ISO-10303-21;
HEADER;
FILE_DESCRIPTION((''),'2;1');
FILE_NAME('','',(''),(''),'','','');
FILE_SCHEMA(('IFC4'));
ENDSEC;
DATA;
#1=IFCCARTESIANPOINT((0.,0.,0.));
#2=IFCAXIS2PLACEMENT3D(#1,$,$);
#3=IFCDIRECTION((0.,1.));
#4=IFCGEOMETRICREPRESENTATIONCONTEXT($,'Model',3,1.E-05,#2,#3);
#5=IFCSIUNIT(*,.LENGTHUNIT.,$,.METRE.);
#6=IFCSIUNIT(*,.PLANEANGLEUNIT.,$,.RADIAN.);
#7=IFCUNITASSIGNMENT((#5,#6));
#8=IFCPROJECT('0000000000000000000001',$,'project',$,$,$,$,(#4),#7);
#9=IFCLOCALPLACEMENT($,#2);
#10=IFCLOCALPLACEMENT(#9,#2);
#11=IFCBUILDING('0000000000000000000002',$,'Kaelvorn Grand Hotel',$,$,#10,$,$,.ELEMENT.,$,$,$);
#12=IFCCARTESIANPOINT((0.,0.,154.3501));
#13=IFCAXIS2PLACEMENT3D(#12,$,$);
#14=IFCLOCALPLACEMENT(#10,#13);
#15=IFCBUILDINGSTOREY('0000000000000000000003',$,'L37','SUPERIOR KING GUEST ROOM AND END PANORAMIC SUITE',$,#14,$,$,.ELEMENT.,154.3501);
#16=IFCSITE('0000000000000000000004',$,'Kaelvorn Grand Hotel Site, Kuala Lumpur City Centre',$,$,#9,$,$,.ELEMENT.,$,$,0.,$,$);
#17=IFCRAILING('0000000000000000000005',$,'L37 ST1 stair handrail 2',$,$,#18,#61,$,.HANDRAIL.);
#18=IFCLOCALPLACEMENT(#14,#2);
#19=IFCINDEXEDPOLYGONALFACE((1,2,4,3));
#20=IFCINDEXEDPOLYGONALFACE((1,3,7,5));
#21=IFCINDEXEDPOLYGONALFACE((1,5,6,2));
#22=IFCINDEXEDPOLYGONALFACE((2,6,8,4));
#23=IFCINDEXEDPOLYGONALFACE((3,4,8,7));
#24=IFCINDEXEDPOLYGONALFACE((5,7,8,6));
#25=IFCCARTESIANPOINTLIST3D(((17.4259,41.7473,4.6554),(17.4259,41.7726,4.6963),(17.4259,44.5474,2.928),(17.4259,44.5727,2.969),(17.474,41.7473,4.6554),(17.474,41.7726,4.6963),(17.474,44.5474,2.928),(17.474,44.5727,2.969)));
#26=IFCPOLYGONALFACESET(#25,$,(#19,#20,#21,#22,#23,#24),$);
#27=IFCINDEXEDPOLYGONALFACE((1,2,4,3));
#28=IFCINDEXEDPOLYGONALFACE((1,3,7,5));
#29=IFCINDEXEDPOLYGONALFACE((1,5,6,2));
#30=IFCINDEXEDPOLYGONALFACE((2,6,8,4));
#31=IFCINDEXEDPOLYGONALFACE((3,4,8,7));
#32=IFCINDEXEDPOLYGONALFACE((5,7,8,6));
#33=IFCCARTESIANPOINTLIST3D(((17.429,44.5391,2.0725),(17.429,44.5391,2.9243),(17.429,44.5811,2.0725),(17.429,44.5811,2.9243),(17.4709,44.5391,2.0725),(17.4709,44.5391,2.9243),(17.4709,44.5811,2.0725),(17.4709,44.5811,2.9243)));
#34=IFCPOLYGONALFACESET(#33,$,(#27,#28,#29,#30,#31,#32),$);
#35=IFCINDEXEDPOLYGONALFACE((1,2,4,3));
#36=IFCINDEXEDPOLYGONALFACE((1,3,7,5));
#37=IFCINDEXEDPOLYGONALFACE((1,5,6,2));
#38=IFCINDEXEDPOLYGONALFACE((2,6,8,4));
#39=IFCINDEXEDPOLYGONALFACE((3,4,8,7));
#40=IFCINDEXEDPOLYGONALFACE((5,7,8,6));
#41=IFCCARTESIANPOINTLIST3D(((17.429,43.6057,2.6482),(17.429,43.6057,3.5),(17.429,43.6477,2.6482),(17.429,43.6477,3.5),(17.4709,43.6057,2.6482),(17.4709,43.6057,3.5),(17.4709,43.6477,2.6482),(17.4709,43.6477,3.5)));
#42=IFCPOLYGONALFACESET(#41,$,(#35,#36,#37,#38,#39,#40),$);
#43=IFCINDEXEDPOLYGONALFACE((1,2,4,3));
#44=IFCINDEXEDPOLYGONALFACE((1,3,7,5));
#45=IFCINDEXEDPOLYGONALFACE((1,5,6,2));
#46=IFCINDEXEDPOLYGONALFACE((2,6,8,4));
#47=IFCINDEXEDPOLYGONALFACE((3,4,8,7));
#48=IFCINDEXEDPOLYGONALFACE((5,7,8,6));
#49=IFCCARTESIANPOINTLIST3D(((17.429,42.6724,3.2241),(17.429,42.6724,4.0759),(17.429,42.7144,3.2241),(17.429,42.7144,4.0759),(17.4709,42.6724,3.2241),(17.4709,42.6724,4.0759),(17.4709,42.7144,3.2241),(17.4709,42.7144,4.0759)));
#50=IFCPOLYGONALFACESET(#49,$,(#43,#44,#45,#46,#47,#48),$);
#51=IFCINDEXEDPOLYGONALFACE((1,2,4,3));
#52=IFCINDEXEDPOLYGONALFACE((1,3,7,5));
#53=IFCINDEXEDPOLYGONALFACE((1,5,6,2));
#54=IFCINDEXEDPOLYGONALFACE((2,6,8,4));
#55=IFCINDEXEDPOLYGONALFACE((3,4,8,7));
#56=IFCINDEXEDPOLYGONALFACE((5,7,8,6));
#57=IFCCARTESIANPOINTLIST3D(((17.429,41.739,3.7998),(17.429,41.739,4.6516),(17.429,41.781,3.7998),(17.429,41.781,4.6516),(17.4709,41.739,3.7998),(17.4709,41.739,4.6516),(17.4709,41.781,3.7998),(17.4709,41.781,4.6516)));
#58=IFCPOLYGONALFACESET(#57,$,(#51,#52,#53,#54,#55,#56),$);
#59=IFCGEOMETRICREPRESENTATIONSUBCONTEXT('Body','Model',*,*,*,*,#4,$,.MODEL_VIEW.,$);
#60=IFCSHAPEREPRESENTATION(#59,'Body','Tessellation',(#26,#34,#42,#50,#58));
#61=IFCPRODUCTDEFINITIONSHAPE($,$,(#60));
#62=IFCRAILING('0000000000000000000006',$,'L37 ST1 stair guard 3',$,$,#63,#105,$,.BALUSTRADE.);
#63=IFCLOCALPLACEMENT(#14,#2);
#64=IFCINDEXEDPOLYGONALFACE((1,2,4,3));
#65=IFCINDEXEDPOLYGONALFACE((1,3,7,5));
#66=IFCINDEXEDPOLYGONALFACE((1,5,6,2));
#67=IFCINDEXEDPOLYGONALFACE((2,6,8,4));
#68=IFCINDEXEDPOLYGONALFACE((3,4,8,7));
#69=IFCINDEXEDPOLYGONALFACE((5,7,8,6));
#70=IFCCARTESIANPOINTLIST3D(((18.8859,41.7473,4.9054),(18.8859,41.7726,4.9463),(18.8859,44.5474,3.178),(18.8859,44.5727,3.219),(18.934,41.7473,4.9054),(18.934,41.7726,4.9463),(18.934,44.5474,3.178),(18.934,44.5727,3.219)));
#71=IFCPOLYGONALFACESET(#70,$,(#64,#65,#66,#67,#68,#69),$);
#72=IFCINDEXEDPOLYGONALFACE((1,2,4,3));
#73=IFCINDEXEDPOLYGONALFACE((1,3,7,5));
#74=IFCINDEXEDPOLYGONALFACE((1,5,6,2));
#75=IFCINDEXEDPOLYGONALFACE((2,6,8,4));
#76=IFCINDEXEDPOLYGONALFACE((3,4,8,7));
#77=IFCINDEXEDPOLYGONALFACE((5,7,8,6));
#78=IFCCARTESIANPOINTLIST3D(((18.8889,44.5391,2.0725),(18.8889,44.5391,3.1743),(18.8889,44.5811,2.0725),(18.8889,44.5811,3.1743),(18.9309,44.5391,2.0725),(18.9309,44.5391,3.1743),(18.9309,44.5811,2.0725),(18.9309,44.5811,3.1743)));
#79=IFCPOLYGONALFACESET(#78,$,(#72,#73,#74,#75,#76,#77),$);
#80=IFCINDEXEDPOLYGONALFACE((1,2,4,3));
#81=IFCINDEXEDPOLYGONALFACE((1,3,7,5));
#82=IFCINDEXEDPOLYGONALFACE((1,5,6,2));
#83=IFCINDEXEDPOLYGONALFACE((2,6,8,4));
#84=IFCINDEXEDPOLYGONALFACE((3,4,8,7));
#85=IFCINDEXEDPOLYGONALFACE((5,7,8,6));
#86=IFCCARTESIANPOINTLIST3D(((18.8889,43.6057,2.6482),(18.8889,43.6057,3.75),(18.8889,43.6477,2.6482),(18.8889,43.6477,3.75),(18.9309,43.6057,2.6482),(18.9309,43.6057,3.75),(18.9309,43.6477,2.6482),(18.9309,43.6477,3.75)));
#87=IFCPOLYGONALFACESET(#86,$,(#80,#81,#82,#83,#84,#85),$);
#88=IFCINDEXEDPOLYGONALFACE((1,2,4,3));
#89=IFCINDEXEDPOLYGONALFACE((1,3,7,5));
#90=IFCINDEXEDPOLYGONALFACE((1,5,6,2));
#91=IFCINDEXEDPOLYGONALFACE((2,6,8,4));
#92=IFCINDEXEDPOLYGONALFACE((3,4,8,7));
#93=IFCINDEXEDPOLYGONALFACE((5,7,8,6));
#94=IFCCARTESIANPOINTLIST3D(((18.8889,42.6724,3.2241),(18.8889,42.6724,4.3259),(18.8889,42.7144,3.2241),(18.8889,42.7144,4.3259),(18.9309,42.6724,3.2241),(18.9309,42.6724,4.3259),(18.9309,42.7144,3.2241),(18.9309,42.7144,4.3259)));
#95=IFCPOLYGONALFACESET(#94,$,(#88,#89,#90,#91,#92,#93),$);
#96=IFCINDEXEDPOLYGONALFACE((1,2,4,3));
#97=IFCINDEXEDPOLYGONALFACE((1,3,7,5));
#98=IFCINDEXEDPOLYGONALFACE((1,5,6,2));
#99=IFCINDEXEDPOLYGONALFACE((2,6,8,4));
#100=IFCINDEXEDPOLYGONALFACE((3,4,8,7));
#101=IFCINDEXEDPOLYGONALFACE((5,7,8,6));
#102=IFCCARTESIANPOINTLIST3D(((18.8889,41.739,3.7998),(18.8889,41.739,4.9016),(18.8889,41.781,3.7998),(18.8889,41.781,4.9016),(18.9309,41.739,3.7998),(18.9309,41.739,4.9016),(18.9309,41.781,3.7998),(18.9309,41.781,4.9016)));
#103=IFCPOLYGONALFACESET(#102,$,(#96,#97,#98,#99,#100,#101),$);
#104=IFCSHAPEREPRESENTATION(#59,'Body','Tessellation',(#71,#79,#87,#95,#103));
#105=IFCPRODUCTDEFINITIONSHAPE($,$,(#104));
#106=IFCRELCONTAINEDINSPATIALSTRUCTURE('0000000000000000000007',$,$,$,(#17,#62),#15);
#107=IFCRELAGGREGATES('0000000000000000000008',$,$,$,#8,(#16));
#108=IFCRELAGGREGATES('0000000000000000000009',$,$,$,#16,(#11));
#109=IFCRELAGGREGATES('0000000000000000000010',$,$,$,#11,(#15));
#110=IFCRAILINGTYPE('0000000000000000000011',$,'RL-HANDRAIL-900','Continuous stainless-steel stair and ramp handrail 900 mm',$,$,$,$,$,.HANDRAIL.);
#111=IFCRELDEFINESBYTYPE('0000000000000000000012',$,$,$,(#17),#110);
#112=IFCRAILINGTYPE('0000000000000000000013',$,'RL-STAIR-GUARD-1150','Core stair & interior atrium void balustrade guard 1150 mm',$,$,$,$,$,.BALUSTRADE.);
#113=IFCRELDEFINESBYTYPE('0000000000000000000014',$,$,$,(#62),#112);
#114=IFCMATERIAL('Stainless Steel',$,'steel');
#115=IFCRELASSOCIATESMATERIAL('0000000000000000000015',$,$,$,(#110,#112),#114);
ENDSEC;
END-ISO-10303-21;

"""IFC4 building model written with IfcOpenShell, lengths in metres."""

from ifc_helpers import new_model, si_unit, direction, frame, origin, origin_2d, place, context, subcontext, project, spatial, rectangle, extrude, material, type_object, element, save


model = new_model("IFC4")

# Units and contexts
model_context = context("Model", 3, precision=1e-05, world=origin(), true_north=direction((0.0, 1.0)))
body_context = subcontext(model_context, "Body", "Model", "MODEL_VIEW")
ifc_project = project(units=[si_unit("LENGTHUNIT", "METRE"), si_unit("PLANEANGLEUNIT", "RADIAN")], contexts=[model_context])

# Site, building, storey
site_placement = place(None, origin())
site = spatial("IfcSite", under=ifc_project, at=site_placement, Name="Kaelvorn Grand Hotel Site, Kuala Lumpur City Centre", CompositionType="ELEMENT", RefElevation=0.0)
building_placement = place(site_placement, origin())
building = spatial("IfcBuilding", under=site, at=building_placement, Name="Kaelvorn Grand Hotel", CompositionType="ELEMENT")
storey_placement = place(building_placement, frame((0.0, 0.0, 154.3501)))
storey = spatial("IfcBuildingStorey", under=building, at=storey_placement, Name="L37", Description="SUPERIOR KING GUEST ROOM AND END PANORAMIC SUITE", CompositionType="ELEMENT", Elevation=154.3501)

# Railings
ifc_material_1 = material(Name="Stainless Steel", Category="steel")
railing_type_1 = type_object("IfcRailingType", Name="RL-HANDRAIL-900", Description="Continuous stainless-steel stair and ramp handrail 900 mm", PredefinedType="HANDRAIL", material=ifc_material_1)
railing_1_placement = place(storey_placement, frame((17.45, 44.5601, 2.0725)))
element("IfcRailing", 1, at=railing_1_placement, inside=storey, type_object=railing_type_1, Name="L37 ST1 stair handrail 2", PredefinedType="HANDRAIL", context=body_context, shape_type="SweptSolid", body=[
    extrude(rectangle(XDim=0.0481, YDim=0.0481, at=origin_2d()), frame((0.0, 0.0, 0.876), z_axis=(0.0, -0.85109, 0.52502), x_axis=(1.0, 0.0, 0.0)), (0.0, 0.0, 1.0), 3.29),
    extrude(rectangle(XDim=0.042, YDim=0.042, at=origin_2d()), origin(), (0.0, 0.0, 1.0), 0.8518),
    extrude(rectangle(XDim=0.042, YDim=0.042, at=origin_2d()), frame((0.0, -0.9333, 0.5757)), (0.0, 0.0, 1.0), 0.8518),
    extrude(rectangle(XDim=0.042, YDim=0.042, at=origin_2d()), frame((0.0, -1.8667, 1.1516)), (0.0, 0.0, 1.0), 0.8518),
    extrude(rectangle(XDim=0.042, YDim=0.042, at=origin_2d()), frame((0.0, -2.8, 1.7273)), (0.0, 0.0, 1.0), 0.8518),
])
railing_type_2 = type_object("IfcRailingType", Name="RL-STAIR-GUARD-1150", Description="Core stair & interior atrium void balustrade guard 1150 mm", PredefinedType="BALUSTRADE", material=ifc_material_1)
railing_2_placement = place(storey_placement, frame((18.9099, 44.5601, 2.0725)))
element("IfcRailing", 2, at=railing_2_placement, inside=storey, type_object=railing_type_2, Name="L37 ST1 stair guard 3", PredefinedType="BALUSTRADE", context=body_context, shape_type="SweptSolid", body=[
    extrude(rectangle(XDim=0.0481, YDim=0.0481, at=origin_2d()), frame((0.0, 0.0, 1.126), z_axis=(0.0, -0.85109, 0.52502), x_axis=(1.0, 0.0, 0.0)), (0.0, 0.0, 1.0), 3.29),
    extrude(rectangle(XDim=0.042, YDim=0.042, at=origin_2d()), origin(), (0.0, 0.0, 1.0), 1.1018),
    extrude(rectangle(XDim=0.042, YDim=0.042, at=origin_2d()), frame((0.0, -0.9333, 0.5757)), (0.0, 0.0, 1.0), 1.1018),
    extrude(rectangle(XDim=0.042, YDim=0.042, at=origin_2d()), frame((0.0, -1.8667, 1.1516)), (0.0, 0.0, 1.0), 1.1018),
    extrude(rectangle(XDim=0.042, YDim=0.042, at=origin_2d()), frame((0.0, -2.8, 1.7273)), (0.0, 0.0, 1.0), 1.1018),
])

save(model, "model.ifc")
